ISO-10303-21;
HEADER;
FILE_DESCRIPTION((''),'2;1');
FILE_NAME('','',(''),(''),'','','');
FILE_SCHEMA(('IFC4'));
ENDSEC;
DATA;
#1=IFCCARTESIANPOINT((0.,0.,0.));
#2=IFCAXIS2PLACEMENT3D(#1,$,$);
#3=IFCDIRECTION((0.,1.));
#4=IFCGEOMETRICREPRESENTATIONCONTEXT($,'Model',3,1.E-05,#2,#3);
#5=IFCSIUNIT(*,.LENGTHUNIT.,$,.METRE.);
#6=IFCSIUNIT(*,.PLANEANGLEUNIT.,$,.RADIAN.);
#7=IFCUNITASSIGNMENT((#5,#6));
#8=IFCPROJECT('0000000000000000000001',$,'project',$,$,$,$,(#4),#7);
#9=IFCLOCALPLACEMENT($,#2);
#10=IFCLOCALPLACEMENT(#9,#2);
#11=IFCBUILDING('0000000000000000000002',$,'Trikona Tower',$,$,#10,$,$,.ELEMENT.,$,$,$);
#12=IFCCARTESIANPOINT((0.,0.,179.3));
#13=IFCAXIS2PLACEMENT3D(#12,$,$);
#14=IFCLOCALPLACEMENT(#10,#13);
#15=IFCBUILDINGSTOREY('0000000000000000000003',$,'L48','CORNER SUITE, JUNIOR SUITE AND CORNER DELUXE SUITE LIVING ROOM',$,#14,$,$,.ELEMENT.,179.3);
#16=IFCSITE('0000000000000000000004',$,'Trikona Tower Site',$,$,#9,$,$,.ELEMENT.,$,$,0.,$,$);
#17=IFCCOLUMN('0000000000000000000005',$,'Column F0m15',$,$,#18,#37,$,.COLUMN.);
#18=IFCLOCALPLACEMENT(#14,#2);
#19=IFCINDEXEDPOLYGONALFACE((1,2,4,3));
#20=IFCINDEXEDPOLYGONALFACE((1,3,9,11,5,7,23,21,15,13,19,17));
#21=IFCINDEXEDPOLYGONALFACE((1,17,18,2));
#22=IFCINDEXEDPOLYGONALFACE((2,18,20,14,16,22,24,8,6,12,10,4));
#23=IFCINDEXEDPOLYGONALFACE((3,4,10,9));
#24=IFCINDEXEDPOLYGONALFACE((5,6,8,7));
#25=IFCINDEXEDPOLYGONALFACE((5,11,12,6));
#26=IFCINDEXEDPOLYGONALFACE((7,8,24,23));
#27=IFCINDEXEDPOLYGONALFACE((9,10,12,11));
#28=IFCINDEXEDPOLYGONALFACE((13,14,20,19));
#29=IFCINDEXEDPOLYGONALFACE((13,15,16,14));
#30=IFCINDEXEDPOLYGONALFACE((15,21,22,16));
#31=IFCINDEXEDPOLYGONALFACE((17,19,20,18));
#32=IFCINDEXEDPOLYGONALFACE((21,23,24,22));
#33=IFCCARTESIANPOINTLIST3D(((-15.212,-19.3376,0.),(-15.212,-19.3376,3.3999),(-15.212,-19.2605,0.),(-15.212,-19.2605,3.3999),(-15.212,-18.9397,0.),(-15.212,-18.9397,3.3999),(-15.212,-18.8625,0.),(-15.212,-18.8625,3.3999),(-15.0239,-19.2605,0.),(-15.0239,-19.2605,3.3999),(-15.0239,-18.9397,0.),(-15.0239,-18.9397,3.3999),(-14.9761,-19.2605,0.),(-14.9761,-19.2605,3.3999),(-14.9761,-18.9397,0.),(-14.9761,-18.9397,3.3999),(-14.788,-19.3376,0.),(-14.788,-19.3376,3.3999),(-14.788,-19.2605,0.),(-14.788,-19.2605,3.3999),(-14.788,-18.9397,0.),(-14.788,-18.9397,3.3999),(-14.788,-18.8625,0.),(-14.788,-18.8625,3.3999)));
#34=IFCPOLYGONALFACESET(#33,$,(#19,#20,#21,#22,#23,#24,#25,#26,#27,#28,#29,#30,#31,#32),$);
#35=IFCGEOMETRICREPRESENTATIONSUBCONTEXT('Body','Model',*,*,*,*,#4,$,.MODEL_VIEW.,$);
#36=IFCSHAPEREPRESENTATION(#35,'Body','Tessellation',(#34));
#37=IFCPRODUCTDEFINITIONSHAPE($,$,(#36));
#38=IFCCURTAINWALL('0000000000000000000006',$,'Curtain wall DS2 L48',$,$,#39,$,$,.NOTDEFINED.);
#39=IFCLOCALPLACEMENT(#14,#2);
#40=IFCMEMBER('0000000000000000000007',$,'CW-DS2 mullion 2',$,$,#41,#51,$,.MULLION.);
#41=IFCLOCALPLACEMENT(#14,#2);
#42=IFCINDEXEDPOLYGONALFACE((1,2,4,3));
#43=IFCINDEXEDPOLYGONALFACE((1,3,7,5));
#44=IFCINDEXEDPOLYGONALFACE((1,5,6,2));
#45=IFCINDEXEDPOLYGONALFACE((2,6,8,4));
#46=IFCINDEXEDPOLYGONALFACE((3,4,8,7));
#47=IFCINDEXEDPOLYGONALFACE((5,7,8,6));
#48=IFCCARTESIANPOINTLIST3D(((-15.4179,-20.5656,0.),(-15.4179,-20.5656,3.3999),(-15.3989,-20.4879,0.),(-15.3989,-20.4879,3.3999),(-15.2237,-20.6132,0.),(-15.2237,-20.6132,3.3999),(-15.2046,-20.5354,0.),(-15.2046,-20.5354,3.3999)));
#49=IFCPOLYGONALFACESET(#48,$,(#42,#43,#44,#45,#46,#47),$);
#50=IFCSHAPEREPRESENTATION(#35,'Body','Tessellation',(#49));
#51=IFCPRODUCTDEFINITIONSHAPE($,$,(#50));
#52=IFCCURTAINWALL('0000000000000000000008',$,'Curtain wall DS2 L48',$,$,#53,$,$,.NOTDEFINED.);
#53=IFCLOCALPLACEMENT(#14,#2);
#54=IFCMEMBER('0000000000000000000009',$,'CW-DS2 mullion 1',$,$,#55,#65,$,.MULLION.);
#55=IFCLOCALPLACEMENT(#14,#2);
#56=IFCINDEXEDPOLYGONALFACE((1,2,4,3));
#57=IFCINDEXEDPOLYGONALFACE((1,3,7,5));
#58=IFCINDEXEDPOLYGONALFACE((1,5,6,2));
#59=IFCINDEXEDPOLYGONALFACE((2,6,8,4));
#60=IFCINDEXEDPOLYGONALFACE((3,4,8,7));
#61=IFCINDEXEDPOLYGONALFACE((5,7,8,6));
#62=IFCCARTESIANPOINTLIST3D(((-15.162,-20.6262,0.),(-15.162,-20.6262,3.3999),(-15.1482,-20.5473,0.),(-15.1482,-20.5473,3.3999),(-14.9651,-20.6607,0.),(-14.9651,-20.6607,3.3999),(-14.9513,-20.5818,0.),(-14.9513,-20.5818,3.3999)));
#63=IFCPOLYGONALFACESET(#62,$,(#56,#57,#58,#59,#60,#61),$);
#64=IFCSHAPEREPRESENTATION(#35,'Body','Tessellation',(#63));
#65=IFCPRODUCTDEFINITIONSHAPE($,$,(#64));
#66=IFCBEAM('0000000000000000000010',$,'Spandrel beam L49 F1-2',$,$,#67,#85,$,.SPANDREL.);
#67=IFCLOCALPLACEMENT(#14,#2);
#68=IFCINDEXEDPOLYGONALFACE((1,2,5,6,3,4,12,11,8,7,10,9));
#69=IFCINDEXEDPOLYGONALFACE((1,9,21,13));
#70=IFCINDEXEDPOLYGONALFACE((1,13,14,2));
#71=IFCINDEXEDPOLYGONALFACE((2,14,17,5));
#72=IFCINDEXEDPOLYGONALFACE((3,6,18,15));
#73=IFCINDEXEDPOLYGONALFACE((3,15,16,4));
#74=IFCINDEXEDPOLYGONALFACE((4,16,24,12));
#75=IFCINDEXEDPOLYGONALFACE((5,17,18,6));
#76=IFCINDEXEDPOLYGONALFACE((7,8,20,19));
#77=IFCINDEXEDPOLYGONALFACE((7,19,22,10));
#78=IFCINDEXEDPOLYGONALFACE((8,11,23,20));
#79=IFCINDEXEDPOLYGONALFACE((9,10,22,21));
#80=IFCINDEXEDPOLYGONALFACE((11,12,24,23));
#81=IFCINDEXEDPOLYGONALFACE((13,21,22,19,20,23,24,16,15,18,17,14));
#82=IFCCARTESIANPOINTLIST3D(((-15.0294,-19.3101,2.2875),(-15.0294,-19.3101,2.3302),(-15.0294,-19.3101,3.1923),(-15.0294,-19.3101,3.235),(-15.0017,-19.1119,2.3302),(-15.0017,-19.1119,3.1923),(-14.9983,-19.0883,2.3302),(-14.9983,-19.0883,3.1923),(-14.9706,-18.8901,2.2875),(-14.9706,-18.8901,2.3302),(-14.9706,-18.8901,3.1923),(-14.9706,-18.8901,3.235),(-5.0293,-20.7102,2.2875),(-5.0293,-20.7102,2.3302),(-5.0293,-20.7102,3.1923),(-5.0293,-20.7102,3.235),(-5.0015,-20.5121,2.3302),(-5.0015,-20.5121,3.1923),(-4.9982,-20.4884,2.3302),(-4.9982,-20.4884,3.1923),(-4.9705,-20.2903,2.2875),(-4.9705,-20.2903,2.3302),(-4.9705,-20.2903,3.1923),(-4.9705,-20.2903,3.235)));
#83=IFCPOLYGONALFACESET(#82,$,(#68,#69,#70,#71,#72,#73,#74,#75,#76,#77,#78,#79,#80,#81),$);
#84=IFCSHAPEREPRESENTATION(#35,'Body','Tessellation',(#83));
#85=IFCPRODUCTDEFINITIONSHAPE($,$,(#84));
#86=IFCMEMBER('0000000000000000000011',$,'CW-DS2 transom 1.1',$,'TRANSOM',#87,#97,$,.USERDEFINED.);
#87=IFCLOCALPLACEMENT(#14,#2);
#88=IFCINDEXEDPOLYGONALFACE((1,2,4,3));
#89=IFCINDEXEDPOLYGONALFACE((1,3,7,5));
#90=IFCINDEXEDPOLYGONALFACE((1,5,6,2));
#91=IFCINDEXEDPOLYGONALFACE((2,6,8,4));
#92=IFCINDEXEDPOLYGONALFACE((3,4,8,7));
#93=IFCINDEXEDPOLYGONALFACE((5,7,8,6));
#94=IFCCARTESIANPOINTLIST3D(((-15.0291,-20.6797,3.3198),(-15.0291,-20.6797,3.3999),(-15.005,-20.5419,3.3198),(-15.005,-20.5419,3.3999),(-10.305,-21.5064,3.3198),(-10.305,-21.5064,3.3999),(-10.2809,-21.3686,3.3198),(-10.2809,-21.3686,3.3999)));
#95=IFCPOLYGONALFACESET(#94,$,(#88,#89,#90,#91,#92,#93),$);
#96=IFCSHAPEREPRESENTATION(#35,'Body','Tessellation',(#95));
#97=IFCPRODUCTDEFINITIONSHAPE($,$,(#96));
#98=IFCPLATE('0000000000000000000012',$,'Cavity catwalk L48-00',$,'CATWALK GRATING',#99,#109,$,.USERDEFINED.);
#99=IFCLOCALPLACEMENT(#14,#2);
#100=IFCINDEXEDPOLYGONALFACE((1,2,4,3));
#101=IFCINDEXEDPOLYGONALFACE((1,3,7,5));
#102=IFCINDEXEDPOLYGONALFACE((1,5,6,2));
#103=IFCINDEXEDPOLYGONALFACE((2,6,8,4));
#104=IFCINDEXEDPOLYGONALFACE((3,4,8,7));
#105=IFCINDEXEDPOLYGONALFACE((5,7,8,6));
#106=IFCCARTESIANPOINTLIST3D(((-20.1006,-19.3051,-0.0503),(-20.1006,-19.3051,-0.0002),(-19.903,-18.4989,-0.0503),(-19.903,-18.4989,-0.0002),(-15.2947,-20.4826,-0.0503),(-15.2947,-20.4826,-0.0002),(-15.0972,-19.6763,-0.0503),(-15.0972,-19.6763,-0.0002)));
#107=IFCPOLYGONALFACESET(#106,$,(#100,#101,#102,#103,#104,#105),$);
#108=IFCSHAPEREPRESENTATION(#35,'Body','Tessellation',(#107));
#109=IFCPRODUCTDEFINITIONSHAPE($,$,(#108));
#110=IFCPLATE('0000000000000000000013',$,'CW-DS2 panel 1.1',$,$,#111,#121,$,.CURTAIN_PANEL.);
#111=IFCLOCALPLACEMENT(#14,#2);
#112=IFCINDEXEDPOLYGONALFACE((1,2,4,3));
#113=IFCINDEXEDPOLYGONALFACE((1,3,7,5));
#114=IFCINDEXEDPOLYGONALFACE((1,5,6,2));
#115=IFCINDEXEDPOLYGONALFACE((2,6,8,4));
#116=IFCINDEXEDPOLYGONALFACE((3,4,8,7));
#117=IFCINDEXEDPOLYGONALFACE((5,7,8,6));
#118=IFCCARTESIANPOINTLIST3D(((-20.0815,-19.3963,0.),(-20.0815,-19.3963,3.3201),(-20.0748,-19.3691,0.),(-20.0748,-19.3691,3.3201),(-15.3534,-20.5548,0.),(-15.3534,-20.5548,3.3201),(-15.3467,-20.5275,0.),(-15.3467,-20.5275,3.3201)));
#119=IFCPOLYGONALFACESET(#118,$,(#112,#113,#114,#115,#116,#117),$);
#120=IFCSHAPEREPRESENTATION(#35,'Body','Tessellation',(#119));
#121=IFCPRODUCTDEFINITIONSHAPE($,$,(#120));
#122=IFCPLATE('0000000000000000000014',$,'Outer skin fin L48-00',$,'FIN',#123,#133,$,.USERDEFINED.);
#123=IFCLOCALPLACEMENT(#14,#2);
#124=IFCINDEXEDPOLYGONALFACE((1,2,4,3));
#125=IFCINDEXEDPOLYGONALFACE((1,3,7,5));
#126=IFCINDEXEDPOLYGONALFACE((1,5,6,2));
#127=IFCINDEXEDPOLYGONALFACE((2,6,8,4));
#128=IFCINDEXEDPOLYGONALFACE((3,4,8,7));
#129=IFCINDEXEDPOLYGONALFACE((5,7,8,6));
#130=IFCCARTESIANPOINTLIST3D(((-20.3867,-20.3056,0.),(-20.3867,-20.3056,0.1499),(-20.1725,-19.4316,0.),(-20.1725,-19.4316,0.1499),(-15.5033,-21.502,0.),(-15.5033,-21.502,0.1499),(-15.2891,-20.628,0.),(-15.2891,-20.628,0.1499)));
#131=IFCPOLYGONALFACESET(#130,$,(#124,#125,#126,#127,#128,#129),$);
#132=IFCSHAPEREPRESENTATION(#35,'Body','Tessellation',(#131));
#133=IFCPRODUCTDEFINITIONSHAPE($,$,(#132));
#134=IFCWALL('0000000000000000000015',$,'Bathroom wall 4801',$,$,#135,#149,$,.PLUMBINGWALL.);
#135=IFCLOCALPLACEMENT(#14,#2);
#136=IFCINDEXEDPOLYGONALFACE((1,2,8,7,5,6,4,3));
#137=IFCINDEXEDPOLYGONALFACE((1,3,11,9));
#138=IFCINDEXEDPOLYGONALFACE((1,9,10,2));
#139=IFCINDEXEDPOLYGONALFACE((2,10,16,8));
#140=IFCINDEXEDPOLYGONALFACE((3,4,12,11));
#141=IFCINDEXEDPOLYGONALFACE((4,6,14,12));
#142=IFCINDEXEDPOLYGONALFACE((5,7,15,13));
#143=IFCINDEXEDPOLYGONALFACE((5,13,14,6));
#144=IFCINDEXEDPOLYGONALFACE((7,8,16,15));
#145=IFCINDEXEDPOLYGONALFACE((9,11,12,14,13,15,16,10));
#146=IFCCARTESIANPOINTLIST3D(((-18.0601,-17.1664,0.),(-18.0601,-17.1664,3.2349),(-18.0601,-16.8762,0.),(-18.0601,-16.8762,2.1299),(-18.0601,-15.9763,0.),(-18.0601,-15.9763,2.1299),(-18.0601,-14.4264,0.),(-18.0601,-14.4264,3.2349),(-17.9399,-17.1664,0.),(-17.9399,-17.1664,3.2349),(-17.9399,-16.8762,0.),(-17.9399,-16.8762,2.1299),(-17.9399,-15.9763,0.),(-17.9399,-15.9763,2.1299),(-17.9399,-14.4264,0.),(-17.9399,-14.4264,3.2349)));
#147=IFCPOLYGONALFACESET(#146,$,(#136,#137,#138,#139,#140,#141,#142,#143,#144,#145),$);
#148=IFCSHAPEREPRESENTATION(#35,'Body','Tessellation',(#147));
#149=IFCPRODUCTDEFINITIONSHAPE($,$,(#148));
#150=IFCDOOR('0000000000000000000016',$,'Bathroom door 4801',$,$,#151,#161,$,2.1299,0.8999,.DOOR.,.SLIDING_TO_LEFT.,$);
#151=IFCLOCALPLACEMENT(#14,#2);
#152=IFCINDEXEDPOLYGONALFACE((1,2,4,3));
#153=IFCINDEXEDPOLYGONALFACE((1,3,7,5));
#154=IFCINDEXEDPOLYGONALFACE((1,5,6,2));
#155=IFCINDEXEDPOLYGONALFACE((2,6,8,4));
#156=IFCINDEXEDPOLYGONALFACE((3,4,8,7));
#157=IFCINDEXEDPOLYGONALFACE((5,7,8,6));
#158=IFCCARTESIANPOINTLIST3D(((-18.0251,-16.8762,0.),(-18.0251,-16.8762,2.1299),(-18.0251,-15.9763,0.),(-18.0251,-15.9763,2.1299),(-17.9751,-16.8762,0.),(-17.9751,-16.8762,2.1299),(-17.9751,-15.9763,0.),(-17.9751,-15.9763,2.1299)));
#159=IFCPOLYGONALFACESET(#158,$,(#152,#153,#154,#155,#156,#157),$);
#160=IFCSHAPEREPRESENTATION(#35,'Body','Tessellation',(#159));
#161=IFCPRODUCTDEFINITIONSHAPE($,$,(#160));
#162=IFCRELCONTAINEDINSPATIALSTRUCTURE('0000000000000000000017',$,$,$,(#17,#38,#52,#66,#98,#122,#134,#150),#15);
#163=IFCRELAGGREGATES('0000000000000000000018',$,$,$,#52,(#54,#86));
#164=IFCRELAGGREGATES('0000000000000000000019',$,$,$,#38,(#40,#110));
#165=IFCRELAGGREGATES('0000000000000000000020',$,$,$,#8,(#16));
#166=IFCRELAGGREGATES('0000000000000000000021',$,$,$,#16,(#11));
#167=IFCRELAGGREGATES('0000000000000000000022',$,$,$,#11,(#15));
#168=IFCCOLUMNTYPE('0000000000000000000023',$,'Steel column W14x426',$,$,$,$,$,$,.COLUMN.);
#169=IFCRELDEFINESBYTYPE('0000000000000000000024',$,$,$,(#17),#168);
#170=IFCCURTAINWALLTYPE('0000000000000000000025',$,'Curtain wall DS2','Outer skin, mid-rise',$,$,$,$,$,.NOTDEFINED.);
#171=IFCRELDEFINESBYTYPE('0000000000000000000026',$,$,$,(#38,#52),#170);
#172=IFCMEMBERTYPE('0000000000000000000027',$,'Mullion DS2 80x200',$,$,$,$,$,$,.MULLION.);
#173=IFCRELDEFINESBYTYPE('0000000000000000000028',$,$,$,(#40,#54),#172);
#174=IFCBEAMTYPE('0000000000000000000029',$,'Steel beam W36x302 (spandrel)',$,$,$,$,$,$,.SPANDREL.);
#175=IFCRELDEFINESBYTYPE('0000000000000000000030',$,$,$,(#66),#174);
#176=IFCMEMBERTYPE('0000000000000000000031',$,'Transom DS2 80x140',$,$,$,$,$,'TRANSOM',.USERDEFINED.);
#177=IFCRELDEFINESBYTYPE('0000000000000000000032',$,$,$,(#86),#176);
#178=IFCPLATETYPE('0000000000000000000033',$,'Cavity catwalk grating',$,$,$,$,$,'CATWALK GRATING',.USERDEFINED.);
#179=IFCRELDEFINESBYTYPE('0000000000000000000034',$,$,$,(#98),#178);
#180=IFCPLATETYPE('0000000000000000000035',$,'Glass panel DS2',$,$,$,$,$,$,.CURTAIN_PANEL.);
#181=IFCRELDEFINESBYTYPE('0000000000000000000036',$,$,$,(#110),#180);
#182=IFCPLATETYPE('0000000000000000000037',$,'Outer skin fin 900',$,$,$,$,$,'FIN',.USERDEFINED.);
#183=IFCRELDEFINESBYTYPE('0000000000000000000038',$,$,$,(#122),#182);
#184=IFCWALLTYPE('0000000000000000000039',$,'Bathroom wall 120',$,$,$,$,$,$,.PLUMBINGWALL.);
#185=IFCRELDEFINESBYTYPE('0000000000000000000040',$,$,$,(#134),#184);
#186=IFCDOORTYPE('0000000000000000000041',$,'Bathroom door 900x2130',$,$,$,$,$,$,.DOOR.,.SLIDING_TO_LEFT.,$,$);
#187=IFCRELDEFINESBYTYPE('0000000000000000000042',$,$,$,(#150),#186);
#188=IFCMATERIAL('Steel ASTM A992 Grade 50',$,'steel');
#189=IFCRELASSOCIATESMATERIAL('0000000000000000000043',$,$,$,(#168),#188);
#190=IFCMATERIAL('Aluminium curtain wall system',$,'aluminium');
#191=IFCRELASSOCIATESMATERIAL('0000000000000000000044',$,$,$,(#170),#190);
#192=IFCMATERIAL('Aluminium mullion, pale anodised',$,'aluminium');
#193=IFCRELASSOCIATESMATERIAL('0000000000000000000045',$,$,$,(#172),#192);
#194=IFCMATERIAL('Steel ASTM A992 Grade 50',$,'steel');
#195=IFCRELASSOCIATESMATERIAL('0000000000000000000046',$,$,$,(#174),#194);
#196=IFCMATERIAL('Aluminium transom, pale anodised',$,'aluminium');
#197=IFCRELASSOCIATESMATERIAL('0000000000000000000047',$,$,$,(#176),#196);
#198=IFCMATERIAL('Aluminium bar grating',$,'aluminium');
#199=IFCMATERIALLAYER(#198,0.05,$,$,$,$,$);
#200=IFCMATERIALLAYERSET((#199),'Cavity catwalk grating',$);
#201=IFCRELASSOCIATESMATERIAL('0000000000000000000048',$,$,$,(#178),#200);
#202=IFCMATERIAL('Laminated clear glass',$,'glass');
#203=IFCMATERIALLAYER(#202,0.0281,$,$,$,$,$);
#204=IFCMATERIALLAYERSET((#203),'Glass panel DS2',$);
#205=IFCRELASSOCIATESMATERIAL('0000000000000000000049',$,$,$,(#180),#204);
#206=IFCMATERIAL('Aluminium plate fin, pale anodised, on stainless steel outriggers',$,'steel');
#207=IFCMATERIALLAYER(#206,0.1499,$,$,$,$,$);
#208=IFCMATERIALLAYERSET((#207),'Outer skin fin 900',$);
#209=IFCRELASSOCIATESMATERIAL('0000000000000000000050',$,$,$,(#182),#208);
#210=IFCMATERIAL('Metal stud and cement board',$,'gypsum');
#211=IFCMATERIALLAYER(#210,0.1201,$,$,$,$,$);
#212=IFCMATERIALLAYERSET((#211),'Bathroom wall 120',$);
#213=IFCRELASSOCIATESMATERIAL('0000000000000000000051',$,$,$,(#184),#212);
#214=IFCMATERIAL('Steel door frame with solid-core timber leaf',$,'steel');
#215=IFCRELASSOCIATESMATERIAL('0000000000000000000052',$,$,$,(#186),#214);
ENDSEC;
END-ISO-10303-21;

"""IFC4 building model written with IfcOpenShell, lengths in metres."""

from ifc_helpers import new_model, si_unit, direction, frame, frame_2d, origin, origin_2d, place, context, subcontext, project, spatial, rectangle, i_section, extrude, material, layer, layer_set, material_profile, profile_set, type_object, element, fill, aggregate, save


model = new_model("IFC4")

# Units and contexts
model_context = context("Model", 3, precision=1e-05, world=origin(), true_north=direction((0.0, 1.0)))
body_context = subcontext(model_context, "Body", "Model", "MODEL_VIEW")
ifc_project = project(units=[si_unit("LENGTHUNIT", "METRE"), si_unit("PLANEANGLEUNIT", "RADIAN")], contexts=[model_context])

# Site, building, storey
site_placement = place(None, origin())
site = spatial("IfcSite", under=ifc_project, at=site_placement, Name="Trikona Tower Site", CompositionType="ELEMENT", RefElevation=0.0)
building_placement = place(site_placement, origin())
building = spatial("IfcBuilding", under=site, at=building_placement, Name="Trikona Tower", CompositionType="ELEMENT")
storey_placement = place(building_placement, frame((0.0, 0.0, 179.3)))
storey = spatial("IfcBuildingStorey", under=building, at=storey_placement, Name="L48", Description="CORNER SUITE, JUNIOR SUITE AND CORNER DELUXE SUITE LIVING ROOM", CompositionType="ELEMENT", Elevation=179.3)

# Column
ifc_material_1 = material(Name="Steel ASTM A992 Grade 50", Category="steel")
ifc_material_profile_1 = material_profile(ifc_material_1, i_section(OverallWidth=0.4241, OverallDepth=0.4751, WebThickness=0.0479, FlangeThickness=0.0771, at=origin_2d()), Name="W14X426")
ifc_profile_set_1 = profile_set([ifc_material_profile_1], Name="Steel ASTM A992 Grade 50")
column_type = type_object("IfcColumnType", Name="Steel column W14x426", PredefinedType="COLUMN", material=ifc_profile_set_1)
column_placement = place(storey_placement, frame((-15.0, -19.1001, 0.0), z_axis=(0.0, 0.0, 1.0), x_axis=(1.0, 0.0, 0.0)))
element("IfcColumn", 1, at=column_placement, inside=storey, type_object=column_type, Name="Column F0m15", PredefinedType="COLUMN", context=body_context, shape_type="SweptSolid", body=[
    extrude(i_section(OverallWidth=0.4241, OverallDepth=0.4751, WebThickness=0.0479, FlangeThickness=0.0771, at=origin_2d()), origin(), (0.0, 0.0, 1.0), 3.3999),
])

# Curtain walls, members
ifc_material_2 = material(Name="Aluminium curtain wall system", Category="aluminium")
curtain_wall_type = type_object("IfcCurtainWallType", Name="Curtain wall DS2", Description="Outer skin, mid-rise", PredefinedType="NOTDEFINED", material=ifc_material_2)
curtain_wall_1_placement = place(storey_placement, origin())
curtain_wall_1 = element("IfcCurtainWall", 2, at=curtain_wall_1_placement, inside=storey, type_object=curtain_wall_type, Name="Curtain wall DS2 L48", PredefinedType="NOTDEFINED")
ifc_material_3 = material(Name="Aluminium mullion, pale anodised", Category="aluminium")
ifc_material_profile_2 = material_profile(ifc_material_3, rectangle(XDim=0.0801, YDim=0.2, at=origin_2d()), Name="MUL-DS2")
ifc_profile_set_2 = profile_set([ifc_material_profile_2], Name="Aluminium mullion, pale anodised")
member_type_1 = type_object("IfcMemberType", Name="Mullion DS2 80x200", PredefinedType="MULLION", material=ifc_profile_set_2)
member_1_placement = place(storey_placement, frame((-15.3113, -20.5505, 0.0), z_axis=(0.0, 0.0, 1.0), x_axis=(0.23797, 0.971272, 0.0)))
member_1 = element("IfcMember", 3, at=member_1_placement, type_object=member_type_1, Name="CW-DS2 mullion 2", PredefinedType="MULLION", context=body_context, shape_type="SweptSolid", body=[
    extrude(rectangle(XDim=0.0801, YDim=0.2, at=origin_2d()), origin(), (0.0, 0.0, 1.0), 3.3999),
])
curtain_wall_2_placement = place(storey_placement, origin())
curtain_wall_2 = element("IfcCurtainWall", 4, at=curtain_wall_2_placement, inside=storey, type_object=curtain_wall_type, Name="Curtain wall DS2 L48", PredefinedType="NOTDEFINED")
member_2_placement = place(storey_placement, frame((-15.0566, -20.604, 0.0), z_axis=(0.0, 0.0, 1.0), x_axis=(0.172377, 0.985031, 0.0)))
member_2 = element("IfcMember", 5, at=member_2_placement, type_object=member_type_1, Name="CW-DS2 mullion 1", PredefinedType="MULLION", context=body_context, shape_type="SweptSolid", body=[
    extrude(rectangle(XDim=0.0801, YDim=0.2, at=origin_2d()), origin(), (0.0, 0.0, 1.0), 3.3999),
])

# Beam
ifc_material_4 = material(Name="Steel ASTM A992 Grade 50", Category="steel")
ifc_material_profile_3 = material_profile(ifc_material_4, i_section(OverallWidth=0.4241, OverallDepth=0.9475, WebThickness=0.0239, FlangeThickness=0.0427, at=origin_2d()), Name="W36X302")
ifc_profile_set_3 = profile_set([ifc_material_profile_3], Name="Steel ASTM A992 Grade 50")
beam_type = type_object("IfcBeamType", Name="Steel beam W36x302 (spandrel)", PredefinedType="SPANDREL", material=ifc_profile_set_3)
beam_placement = place(storey_placement, frame((-15.0, -19.1001, 2.7612), z_axis=(0.99034, -0.138662, 0.0), x_axis=(0.138662, 0.99034, 0.0)))
element("IfcBeam", 6, at=beam_placement, inside=storey, type_object=beam_type, Name="Spandrel beam L49 F1-2", PredefinedType="SPANDREL", context=body_context, shape_type="SweptSolid", body=[
    extrude(i_section(OverallWidth=0.4241, OverallDepth=0.9475, WebThickness=0.0239, FlangeThickness=0.0427, at=origin_2d()), origin(), (0.0, 0.0, 1.0), 10.0977),
])

# Member
ifc_material_5 = material(Name="Aluminium transom, pale anodised", Category="aluminium")
ifc_material_profile_4 = material_profile(ifc_material_5, rectangle(XDim=0.1399, YDim=0.0801, at=origin_2d()), Name="TRN-DS2")
ifc_profile_set_4 = profile_set([ifc_material_profile_4], Name="Aluminium transom, pale anodised")
member_type_2 = type_object("IfcMemberType", Name="Transom DS2 80x140", ElementType="TRANSOM", PredefinedType="USERDEFINED", material=ifc_profile_set_4)
member_3_placement = place(storey_placement, frame((-15.0171, -20.6108, 3.3599), z_axis=(0.985033, -0.172368, 0.0), x_axis=(0.172368, 0.985033, 0.0)))
member_3 = element("IfcMember", 7, at=member_3_placement, type_object=member_type_2, Name="CW-DS2 transom 1.1", ObjectType="TRANSOM", PredefinedType="USERDEFINED", context=body_context, shape_type="SweptSolid", body=[
    extrude(rectangle(XDim=0.1399, YDim=0.0801, at=origin_2d()), origin(), (0.0, 0.0, 1.0), 4.7959),
])
aggregate(curtain_wall_2, [member_2, member_3])

# Plates
ifc_material_6 = material(Name="Aluminium bar grating", Category="aluminium")
ifc_layer_1 = layer(ifc_material_6, 0.05)
ifc_layer_set_1 = layer_set([ifc_layer_1], Name="Cavity catwalk grating")
plate_type_1 = type_object("IfcPlateType", Name="Cavity catwalk grating", ElementType="CATWALK GRATING", PredefinedType="USERDEFINED", material=ifc_layer_set_1)
plate_1_placement = place(storey_placement, frame((-17.5989, -19.4907, -0.0503), z_axis=(0.0, 0.0, 1.0), x_axis=(0.971274, -0.237962, 0.0)))
element("IfcPlate", 8, at=plate_1_placement, inside=storey, type_object=plate_type_1, Name="Cavity catwalk L48-00", ObjectType="CATWALK GRATING", PredefinedType="USERDEFINED", context=body_context, shape_type="SweptSolid", body=[
    extrude(rectangle(XDim=4.948, YDim=0.8301, at=origin_2d()), origin(), (0.0, 0.0, 1.0), 0.05),
])
ifc_material_7 = material(Name="Laminated clear glass", Category="glass")
ifc_layer_2 = layer(ifc_material_7, 0.0281)
ifc_layer_set_2 = layer_set([ifc_layer_2], Name="Glass panel DS2")
plate_type_2 = type_object("IfcPlateType", Name="Glass panel DS2", PredefinedType="CURTAIN_PANEL", material=ifc_layer_set_2)
plate_2_placement = place(storey_placement, frame((-17.7141, -19.9619, 0.0), z_axis=(0.0, 0.0, 1.0), x_axis=(0.971272, -0.23797, 0.0)))
plate_2 = element("IfcPlate", 9, at=plate_2_placement, type_object=plate_type_2, Name="CW-DS2 panel 1.1", PredefinedType="CURTAIN_PANEL", context=body_context, shape_type="SweptSolid", body=[
    extrude(rectangle(XDim=4.8679, YDim=0.0281, at=origin_2d()), origin(), (0.0, 0.0, 1.0), 3.3201),
])
aggregate(curtain_wall_1, [member_1, plate_2])
ifc_material_8 = material(Name="Aluminium plate fin, pale anodised, on stainless steel outriggers", Category="steel")
ifc_layer_3 = layer(ifc_material_8, 0.1499)
ifc_layer_set_3 = layer_set([ifc_layer_3], Name="Outer skin fin 900")
plate_type_3 = type_object("IfcPlateType", Name="Outer skin fin 900", ElementType="FIN", PredefinedType="USERDEFINED", material=ifc_layer_set_3)
plate_3_placement = place(storey_placement, frame((-17.8379, -20.4668, 0.0), z_axis=(0.0, 0.0, 1.0), x_axis=(0.971274, -0.237962, 0.0)))
element("IfcPlate", 10, at=plate_3_placement, inside=storey, type_object=plate_type_3, Name="Outer skin fin L48-00", ObjectType="FIN", PredefinedType="USERDEFINED", context=body_context, shape_type="SweptSolid", body=[
    extrude(rectangle(XDim=5.0278, YDim=0.8999, at=origin_2d()), origin(), (0.0, 0.0, 1.0), 0.1499),
])

# Wall, opening, door
ifc_material_9 = material(Name="Metal stud and cement board", Category="gypsum")
ifc_layer_4 = layer(ifc_material_9, 0.1201)
ifc_layer_set_4 = layer_set([ifc_layer_4], Name="Bathroom wall 120")
wall_type_1 = type_object("IfcWallType", Name="Bathroom wall 120", PredefinedType="PLUMBINGWALL", material=ifc_layer_set_4)
wall_1_placement = place(storey_placement, frame((-18.0, -14.4263, 0.0), z_axis=(0.0, 0.0, 1.0), x_axis=(0.0, -1.0, 0.0)))
wall_1 = element("IfcWall", 11, at=wall_1_placement, inside=storey, type_object=wall_type_1, Name="Bathroom wall 4801", PredefinedType="PLUMBINGWALL", context=body_context, shape_type="SweptSolid", body=[
    extrude(rectangle(XDim=2.74, YDim=0.1201, at=frame_2d((1.3701, 0.0))), origin(), (0.0, 0.0, 1.0), 3.2349),
])
opening_1_placement = place(wall_1_placement, frame((1.55, 0.0, 0.0)))
opening_1 = element("IfcOpeningElement", 12, at=opening_1_placement, cuts=wall_1, PredefinedType="OPENING", context=body_context, shape_type="SweptSolid", body=[
    extrude(rectangle(XDim=0.8999, YDim=2.1299, at=frame_2d((0.45, 1.0649))), frame((0.0, 0.0701, 0.0), z_axis=(0.0, -1.0, 0.0), x_axis=(1.0, 0.0, 0.0)), (0.0, 0.0, 1.0), 0.1401),
])
ifc_material_10 = material(Name="Steel door frame with solid-core timber leaf", Category="steel")
door_type = type_object("IfcDoorType", Name="Bathroom door 900x2130", OperationType="SLIDING_TO_LEFT", PredefinedType="DOOR", material=ifc_material_10)
door_placement = place(opening_1_placement, origin())
door = element("IfcDoor", 13, at=door_placement, inside=storey, type_object=door_type, Name="Bathroom door 4801", OperationType="SLIDING_TO_LEFT", OverallHeight=2.1299, OverallWidth=0.8999, PredefinedType="DOOR", context=body_context, shape_type="SweptSolid", body=[
    extrude(rectangle(XDim=0.8999, YDim=2.1299, at=frame_2d((0.45, 1.0649))), frame((0.0, 0.0249, 0.0), z_axis=(0.0, -1.0, 0.0), x_axis=(1.0, 0.0, 0.0)), (0.0, 0.0, 1.0), 0.05),
])
fill(opening_1, door)

save(model, "model.ifc")
